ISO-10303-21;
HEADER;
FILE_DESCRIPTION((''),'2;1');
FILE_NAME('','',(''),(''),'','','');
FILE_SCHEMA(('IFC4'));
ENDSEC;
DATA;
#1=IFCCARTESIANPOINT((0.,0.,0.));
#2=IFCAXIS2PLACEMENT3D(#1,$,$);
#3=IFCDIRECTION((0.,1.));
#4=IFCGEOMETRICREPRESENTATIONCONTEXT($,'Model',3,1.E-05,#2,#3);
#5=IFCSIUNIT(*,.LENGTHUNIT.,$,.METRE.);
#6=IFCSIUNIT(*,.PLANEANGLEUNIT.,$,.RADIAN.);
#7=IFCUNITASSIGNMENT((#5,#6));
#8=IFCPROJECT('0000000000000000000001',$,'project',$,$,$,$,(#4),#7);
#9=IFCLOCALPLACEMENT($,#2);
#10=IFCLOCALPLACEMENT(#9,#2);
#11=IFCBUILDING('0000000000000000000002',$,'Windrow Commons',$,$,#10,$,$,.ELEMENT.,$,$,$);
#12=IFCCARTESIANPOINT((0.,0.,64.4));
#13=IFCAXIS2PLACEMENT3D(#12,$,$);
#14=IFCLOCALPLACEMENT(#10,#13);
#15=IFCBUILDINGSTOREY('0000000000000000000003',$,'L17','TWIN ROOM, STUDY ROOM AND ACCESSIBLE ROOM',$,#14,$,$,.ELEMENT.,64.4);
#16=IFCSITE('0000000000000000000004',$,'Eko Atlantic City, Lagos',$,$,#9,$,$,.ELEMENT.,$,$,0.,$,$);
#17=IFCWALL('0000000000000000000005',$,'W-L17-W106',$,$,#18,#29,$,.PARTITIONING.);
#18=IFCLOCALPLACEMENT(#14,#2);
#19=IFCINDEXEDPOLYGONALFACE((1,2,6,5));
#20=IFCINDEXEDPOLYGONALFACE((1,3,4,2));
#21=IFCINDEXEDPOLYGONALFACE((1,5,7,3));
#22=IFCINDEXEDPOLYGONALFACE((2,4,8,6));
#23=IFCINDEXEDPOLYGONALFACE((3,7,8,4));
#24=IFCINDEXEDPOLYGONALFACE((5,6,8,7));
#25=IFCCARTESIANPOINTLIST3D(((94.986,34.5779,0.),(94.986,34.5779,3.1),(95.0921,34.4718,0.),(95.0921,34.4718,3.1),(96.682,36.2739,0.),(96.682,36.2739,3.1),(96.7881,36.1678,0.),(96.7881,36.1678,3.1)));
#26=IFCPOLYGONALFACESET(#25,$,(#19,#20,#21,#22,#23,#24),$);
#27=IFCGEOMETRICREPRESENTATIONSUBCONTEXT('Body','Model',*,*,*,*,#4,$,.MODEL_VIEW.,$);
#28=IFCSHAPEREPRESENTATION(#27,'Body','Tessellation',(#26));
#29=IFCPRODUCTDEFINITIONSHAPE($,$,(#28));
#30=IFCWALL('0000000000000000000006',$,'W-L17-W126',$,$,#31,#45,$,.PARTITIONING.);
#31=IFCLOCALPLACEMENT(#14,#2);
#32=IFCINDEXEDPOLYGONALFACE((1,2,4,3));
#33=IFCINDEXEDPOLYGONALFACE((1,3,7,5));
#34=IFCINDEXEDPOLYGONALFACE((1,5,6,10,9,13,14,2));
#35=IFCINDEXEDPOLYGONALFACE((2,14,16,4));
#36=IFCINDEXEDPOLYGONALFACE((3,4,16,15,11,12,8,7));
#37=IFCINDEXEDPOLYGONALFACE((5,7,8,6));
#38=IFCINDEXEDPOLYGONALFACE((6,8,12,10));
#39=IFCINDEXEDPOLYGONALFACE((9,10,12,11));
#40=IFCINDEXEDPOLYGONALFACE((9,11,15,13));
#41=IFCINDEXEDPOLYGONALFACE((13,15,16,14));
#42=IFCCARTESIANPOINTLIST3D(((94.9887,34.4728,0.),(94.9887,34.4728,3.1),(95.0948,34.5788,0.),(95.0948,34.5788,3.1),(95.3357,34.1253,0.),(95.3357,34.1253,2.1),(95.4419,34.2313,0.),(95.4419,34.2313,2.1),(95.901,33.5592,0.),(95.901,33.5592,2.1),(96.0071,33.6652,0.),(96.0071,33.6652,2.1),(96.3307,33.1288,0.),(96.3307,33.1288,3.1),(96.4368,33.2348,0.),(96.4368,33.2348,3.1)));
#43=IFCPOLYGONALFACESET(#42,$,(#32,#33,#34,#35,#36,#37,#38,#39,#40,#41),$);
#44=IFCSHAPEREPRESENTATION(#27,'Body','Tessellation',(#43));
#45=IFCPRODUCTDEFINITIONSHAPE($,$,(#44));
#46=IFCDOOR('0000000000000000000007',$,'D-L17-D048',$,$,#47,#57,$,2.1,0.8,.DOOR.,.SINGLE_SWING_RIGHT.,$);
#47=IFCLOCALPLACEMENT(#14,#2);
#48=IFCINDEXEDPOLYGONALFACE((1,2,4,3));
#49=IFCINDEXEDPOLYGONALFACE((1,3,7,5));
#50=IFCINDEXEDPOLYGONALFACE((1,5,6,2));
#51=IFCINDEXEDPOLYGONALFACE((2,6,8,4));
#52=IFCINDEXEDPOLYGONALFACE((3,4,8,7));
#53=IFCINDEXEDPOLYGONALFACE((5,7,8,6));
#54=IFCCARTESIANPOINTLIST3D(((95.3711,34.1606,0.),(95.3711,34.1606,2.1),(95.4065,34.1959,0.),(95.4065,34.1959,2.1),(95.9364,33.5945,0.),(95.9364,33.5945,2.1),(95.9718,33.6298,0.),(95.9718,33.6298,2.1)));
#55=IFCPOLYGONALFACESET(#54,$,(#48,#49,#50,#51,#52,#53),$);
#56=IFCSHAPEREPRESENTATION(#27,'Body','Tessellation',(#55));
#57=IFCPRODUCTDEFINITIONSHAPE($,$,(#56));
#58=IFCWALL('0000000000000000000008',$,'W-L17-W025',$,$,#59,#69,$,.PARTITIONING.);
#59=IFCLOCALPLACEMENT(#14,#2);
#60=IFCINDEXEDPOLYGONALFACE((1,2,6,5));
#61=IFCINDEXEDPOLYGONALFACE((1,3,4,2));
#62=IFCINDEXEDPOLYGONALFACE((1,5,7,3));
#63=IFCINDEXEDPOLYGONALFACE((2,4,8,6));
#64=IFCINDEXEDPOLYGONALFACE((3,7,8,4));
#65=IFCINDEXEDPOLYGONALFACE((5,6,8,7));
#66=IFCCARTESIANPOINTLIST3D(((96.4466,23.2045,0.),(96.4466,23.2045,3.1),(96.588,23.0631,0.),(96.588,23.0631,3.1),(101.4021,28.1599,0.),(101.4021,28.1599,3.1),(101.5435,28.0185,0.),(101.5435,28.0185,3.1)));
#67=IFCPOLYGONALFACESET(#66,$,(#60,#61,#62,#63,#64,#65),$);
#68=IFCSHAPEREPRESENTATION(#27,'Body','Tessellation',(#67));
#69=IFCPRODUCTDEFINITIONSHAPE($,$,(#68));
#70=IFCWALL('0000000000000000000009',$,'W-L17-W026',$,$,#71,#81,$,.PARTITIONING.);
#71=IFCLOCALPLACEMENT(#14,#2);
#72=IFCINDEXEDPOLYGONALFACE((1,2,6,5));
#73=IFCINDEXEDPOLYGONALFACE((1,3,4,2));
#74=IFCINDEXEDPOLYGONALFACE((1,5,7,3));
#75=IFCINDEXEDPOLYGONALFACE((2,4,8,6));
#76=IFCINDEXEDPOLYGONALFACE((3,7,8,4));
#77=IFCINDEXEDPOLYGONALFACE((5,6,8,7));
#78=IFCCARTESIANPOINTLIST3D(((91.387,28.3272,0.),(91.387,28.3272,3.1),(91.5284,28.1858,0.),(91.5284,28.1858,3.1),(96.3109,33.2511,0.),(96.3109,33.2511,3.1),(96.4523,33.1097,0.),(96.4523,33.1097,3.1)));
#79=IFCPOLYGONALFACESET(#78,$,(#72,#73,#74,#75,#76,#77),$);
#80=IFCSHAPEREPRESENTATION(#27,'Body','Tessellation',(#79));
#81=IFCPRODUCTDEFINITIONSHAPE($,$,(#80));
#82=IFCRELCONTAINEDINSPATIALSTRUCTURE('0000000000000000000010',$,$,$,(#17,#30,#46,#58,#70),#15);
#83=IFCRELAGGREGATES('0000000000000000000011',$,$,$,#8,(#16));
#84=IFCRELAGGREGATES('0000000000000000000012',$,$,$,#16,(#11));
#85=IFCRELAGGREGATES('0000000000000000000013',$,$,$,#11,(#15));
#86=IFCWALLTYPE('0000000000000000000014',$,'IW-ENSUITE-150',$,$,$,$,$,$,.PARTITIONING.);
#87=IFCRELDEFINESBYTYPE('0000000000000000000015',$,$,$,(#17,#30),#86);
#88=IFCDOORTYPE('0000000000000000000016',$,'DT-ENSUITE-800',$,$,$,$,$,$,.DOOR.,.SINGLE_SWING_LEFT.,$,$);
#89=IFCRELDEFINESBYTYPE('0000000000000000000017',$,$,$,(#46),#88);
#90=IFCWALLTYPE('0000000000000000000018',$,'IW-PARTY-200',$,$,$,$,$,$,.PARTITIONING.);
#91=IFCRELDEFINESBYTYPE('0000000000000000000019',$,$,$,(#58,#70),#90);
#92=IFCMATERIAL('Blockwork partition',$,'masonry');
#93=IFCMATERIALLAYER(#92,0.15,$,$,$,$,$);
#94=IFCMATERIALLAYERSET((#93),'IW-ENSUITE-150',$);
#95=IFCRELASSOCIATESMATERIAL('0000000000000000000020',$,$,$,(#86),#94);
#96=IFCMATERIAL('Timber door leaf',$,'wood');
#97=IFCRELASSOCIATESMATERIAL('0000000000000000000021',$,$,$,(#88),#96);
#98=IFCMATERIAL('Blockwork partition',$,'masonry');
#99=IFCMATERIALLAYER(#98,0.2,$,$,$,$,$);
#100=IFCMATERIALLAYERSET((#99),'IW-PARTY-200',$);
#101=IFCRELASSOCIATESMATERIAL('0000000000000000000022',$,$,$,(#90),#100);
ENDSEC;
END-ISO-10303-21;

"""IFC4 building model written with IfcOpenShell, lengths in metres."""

from ifc_helpers import new_model, si_unit, direction, frame, frame_2d, origin, place, context, subcontext, project, spatial, rectangle, extrude, material, layer, layer_set, type_object, element, fill, save


model = new_model("IFC4")

# Units and contexts
model_context = context("Model", 3, precision=1e-05, world=origin(), true_north=direction((0.0, 1.0)))
body_context = subcontext(model_context, "Body", "Model", "MODEL_VIEW")
ifc_project = project(units=[si_unit("LENGTHUNIT", "METRE"), si_unit("PLANEANGLEUNIT", "RADIAN")], contexts=[model_context])

# Site, building, storey
site_placement = place(None, origin())
site = spatial("IfcSite", under=ifc_project, at=site_placement, Name="Eko Atlantic City, Lagos", CompositionType="ELEMENT", RefElevation=0.0)
building_placement = place(site_placement, origin())
building = spatial("IfcBuilding", under=site, at=building_placement, Name="Windrow Commons", CompositionType="ELEMENT")
storey_placement = place(building_placement, frame((0.0, 0.0, 64.4)))
storey = spatial("IfcBuildingStorey", under=building, at=storey_placement, Name="L17", Description="TWIN ROOM, STUDY ROOM AND ACCESSIBLE ROOM", CompositionType="ELEMENT", Elevation=64.4)

# Wall
ifc_material_1 = material(Name="Blockwork partition", Category="masonry")
ifc_layer_1 = layer(ifc_material_1, 0.15)
ifc_layer_set_1 = layer_set([ifc_layer_1], Name="IW-ENSUITE-150")
wall_type_1 = type_object("IfcWallType", Name="IW-ENSUITE-150", PredefinedType="PARTITIONING", material=ifc_layer_set_1)
wall_1_placement = place(storey_placement, frame((95.0391, 34.5249, 0.0), z_axis=(0.0, 0.0, 1.0), x_axis=(0.707107, 0.707107, 0.0)))
element("IfcWall", 1, at=wall_1_placement, inside=storey, type_object=wall_type_1, Name="W-L17-W106", PredefinedType="PARTITIONING", context=body_context, shape_type="SweptSolid", body=[
    extrude(rectangle(XDim=2.3985, YDim=0.15, at=frame_2d((1.1992, 0.0))), origin(), (0.0, 0.0, 1.0), 3.1),
])

# Wall, opening, door
wall_2_placement = place(storey_placement, frame((95.0418, 34.5258, 0.0), z_axis=(0.0, 0.0, 1.0), x_axis=(0.70658, -0.707633, 0.0)))
wall_2 = element("IfcWall", 2, at=wall_2_placement, inside=storey, type_object=wall_type_1, Name="W-L17-W126", PredefinedType="PARTITIONING", context=body_context, shape_type="SweptSolid", body=[
    extrude(rectangle(XDim=1.8993, YDim=0.15, at=frame_2d((0.9496, 0.0))), origin(), (0.0, 0.0, 1.0), 3.1),
])
opening_1_placement = place(wall_2_placement, frame((0.4911, 0.0, 0.0)))
opening_1 = element("IfcOpeningElement", 3, at=opening_1_placement, cuts=wall_2, PredefinedType="OPENING", context=body_context, shape_type="SweptSolid", body=[
    extrude(rectangle(XDim=0.8, YDim=2.1, at=frame_2d((0.4, 1.05))), frame((0.0, 0.085, 0.0), z_axis=(0.0, -1.0, 0.0), x_axis=(1.0, 0.0, 0.0)), (0.0, 0.0, 1.0), 0.17),
])
ifc_material_2 = material(Name="Timber door leaf", Category="wood")
door_type = type_object("IfcDoorType", Name="DT-ENSUITE-800", OperationType="SINGLE_SWING_LEFT", PredefinedType="DOOR", material=ifc_material_2)
door_placement = place(opening_1_placement, origin())
door = element("IfcDoor", 4, at=door_placement, inside=storey, type_object=door_type, Name="D-L17-D048", OperationType="SINGLE_SWING_RIGHT", OverallHeight=2.1, OverallWidth=0.8, PredefinedType="DOOR", context=body_context, shape_type="SweptSolid", body=[
    extrude(rectangle(XDim=0.8, YDim=2.1, at=frame_2d((0.4, 1.05))), frame((0.0, 0.025, 0.0), z_axis=(0.0, -1.0, 0.0), x_axis=(1.0, 0.0, 0.0)), (0.0, 0.0, 1.0), 0.05),
])
fill(opening_1, door)

# Walls
ifc_material_3 = material(Name="Blockwork partition", Category="masonry")
ifc_layer_2 = layer(ifc_material_3, 0.2)
ifc_layer_set_2 = layer_set([ifc_layer_2], Name="IW-PARTY-200")
wall_type_2 = type_object("IfcWallType", Name="IW-PARTY-200", PredefinedType="PARTITIONING", material=ifc_layer_set_2)
wall_3_placement = place(storey_placement, frame((96.5173, 23.1338, 0.0), z_axis=(0.0, 0.0, 1.0), x_axis=(0.707114, 0.7071, 0.0)))
element("IfcWall", 5, at=wall_3_placement, inside=storey, type_object=wall_type_2, Name="W-L17-W025", PredefinedType="PARTITIONING", context=body_context, shape_type="SweptSolid", body=[
    extrude(rectangle(XDim=7.0081, YDim=0.2, at=frame_2d((3.504, 0.0))), origin(), (0.0, 0.0, 1.0), 3.1),
])
wall_4_placement = place(storey_placement, frame((91.4577, 28.2565, 0.0), z_axis=(0.0, 0.0, 1.0), x_axis=(0.707107, 0.707107, 0.0)))
element("IfcWall", 6, at=wall_4_placement, inside=storey, type_object=wall_type_2, Name="W-L17-W026", PredefinedType="PARTITIONING", context=body_context, shape_type="SweptSolid", body=[
    extrude(rectangle(XDim=6.9634, YDim=0.2, at=frame_2d((3.4817, 0.0))), origin(), (0.0, 0.0, 1.0), 3.1),
])

save(model, "model.ifc")
